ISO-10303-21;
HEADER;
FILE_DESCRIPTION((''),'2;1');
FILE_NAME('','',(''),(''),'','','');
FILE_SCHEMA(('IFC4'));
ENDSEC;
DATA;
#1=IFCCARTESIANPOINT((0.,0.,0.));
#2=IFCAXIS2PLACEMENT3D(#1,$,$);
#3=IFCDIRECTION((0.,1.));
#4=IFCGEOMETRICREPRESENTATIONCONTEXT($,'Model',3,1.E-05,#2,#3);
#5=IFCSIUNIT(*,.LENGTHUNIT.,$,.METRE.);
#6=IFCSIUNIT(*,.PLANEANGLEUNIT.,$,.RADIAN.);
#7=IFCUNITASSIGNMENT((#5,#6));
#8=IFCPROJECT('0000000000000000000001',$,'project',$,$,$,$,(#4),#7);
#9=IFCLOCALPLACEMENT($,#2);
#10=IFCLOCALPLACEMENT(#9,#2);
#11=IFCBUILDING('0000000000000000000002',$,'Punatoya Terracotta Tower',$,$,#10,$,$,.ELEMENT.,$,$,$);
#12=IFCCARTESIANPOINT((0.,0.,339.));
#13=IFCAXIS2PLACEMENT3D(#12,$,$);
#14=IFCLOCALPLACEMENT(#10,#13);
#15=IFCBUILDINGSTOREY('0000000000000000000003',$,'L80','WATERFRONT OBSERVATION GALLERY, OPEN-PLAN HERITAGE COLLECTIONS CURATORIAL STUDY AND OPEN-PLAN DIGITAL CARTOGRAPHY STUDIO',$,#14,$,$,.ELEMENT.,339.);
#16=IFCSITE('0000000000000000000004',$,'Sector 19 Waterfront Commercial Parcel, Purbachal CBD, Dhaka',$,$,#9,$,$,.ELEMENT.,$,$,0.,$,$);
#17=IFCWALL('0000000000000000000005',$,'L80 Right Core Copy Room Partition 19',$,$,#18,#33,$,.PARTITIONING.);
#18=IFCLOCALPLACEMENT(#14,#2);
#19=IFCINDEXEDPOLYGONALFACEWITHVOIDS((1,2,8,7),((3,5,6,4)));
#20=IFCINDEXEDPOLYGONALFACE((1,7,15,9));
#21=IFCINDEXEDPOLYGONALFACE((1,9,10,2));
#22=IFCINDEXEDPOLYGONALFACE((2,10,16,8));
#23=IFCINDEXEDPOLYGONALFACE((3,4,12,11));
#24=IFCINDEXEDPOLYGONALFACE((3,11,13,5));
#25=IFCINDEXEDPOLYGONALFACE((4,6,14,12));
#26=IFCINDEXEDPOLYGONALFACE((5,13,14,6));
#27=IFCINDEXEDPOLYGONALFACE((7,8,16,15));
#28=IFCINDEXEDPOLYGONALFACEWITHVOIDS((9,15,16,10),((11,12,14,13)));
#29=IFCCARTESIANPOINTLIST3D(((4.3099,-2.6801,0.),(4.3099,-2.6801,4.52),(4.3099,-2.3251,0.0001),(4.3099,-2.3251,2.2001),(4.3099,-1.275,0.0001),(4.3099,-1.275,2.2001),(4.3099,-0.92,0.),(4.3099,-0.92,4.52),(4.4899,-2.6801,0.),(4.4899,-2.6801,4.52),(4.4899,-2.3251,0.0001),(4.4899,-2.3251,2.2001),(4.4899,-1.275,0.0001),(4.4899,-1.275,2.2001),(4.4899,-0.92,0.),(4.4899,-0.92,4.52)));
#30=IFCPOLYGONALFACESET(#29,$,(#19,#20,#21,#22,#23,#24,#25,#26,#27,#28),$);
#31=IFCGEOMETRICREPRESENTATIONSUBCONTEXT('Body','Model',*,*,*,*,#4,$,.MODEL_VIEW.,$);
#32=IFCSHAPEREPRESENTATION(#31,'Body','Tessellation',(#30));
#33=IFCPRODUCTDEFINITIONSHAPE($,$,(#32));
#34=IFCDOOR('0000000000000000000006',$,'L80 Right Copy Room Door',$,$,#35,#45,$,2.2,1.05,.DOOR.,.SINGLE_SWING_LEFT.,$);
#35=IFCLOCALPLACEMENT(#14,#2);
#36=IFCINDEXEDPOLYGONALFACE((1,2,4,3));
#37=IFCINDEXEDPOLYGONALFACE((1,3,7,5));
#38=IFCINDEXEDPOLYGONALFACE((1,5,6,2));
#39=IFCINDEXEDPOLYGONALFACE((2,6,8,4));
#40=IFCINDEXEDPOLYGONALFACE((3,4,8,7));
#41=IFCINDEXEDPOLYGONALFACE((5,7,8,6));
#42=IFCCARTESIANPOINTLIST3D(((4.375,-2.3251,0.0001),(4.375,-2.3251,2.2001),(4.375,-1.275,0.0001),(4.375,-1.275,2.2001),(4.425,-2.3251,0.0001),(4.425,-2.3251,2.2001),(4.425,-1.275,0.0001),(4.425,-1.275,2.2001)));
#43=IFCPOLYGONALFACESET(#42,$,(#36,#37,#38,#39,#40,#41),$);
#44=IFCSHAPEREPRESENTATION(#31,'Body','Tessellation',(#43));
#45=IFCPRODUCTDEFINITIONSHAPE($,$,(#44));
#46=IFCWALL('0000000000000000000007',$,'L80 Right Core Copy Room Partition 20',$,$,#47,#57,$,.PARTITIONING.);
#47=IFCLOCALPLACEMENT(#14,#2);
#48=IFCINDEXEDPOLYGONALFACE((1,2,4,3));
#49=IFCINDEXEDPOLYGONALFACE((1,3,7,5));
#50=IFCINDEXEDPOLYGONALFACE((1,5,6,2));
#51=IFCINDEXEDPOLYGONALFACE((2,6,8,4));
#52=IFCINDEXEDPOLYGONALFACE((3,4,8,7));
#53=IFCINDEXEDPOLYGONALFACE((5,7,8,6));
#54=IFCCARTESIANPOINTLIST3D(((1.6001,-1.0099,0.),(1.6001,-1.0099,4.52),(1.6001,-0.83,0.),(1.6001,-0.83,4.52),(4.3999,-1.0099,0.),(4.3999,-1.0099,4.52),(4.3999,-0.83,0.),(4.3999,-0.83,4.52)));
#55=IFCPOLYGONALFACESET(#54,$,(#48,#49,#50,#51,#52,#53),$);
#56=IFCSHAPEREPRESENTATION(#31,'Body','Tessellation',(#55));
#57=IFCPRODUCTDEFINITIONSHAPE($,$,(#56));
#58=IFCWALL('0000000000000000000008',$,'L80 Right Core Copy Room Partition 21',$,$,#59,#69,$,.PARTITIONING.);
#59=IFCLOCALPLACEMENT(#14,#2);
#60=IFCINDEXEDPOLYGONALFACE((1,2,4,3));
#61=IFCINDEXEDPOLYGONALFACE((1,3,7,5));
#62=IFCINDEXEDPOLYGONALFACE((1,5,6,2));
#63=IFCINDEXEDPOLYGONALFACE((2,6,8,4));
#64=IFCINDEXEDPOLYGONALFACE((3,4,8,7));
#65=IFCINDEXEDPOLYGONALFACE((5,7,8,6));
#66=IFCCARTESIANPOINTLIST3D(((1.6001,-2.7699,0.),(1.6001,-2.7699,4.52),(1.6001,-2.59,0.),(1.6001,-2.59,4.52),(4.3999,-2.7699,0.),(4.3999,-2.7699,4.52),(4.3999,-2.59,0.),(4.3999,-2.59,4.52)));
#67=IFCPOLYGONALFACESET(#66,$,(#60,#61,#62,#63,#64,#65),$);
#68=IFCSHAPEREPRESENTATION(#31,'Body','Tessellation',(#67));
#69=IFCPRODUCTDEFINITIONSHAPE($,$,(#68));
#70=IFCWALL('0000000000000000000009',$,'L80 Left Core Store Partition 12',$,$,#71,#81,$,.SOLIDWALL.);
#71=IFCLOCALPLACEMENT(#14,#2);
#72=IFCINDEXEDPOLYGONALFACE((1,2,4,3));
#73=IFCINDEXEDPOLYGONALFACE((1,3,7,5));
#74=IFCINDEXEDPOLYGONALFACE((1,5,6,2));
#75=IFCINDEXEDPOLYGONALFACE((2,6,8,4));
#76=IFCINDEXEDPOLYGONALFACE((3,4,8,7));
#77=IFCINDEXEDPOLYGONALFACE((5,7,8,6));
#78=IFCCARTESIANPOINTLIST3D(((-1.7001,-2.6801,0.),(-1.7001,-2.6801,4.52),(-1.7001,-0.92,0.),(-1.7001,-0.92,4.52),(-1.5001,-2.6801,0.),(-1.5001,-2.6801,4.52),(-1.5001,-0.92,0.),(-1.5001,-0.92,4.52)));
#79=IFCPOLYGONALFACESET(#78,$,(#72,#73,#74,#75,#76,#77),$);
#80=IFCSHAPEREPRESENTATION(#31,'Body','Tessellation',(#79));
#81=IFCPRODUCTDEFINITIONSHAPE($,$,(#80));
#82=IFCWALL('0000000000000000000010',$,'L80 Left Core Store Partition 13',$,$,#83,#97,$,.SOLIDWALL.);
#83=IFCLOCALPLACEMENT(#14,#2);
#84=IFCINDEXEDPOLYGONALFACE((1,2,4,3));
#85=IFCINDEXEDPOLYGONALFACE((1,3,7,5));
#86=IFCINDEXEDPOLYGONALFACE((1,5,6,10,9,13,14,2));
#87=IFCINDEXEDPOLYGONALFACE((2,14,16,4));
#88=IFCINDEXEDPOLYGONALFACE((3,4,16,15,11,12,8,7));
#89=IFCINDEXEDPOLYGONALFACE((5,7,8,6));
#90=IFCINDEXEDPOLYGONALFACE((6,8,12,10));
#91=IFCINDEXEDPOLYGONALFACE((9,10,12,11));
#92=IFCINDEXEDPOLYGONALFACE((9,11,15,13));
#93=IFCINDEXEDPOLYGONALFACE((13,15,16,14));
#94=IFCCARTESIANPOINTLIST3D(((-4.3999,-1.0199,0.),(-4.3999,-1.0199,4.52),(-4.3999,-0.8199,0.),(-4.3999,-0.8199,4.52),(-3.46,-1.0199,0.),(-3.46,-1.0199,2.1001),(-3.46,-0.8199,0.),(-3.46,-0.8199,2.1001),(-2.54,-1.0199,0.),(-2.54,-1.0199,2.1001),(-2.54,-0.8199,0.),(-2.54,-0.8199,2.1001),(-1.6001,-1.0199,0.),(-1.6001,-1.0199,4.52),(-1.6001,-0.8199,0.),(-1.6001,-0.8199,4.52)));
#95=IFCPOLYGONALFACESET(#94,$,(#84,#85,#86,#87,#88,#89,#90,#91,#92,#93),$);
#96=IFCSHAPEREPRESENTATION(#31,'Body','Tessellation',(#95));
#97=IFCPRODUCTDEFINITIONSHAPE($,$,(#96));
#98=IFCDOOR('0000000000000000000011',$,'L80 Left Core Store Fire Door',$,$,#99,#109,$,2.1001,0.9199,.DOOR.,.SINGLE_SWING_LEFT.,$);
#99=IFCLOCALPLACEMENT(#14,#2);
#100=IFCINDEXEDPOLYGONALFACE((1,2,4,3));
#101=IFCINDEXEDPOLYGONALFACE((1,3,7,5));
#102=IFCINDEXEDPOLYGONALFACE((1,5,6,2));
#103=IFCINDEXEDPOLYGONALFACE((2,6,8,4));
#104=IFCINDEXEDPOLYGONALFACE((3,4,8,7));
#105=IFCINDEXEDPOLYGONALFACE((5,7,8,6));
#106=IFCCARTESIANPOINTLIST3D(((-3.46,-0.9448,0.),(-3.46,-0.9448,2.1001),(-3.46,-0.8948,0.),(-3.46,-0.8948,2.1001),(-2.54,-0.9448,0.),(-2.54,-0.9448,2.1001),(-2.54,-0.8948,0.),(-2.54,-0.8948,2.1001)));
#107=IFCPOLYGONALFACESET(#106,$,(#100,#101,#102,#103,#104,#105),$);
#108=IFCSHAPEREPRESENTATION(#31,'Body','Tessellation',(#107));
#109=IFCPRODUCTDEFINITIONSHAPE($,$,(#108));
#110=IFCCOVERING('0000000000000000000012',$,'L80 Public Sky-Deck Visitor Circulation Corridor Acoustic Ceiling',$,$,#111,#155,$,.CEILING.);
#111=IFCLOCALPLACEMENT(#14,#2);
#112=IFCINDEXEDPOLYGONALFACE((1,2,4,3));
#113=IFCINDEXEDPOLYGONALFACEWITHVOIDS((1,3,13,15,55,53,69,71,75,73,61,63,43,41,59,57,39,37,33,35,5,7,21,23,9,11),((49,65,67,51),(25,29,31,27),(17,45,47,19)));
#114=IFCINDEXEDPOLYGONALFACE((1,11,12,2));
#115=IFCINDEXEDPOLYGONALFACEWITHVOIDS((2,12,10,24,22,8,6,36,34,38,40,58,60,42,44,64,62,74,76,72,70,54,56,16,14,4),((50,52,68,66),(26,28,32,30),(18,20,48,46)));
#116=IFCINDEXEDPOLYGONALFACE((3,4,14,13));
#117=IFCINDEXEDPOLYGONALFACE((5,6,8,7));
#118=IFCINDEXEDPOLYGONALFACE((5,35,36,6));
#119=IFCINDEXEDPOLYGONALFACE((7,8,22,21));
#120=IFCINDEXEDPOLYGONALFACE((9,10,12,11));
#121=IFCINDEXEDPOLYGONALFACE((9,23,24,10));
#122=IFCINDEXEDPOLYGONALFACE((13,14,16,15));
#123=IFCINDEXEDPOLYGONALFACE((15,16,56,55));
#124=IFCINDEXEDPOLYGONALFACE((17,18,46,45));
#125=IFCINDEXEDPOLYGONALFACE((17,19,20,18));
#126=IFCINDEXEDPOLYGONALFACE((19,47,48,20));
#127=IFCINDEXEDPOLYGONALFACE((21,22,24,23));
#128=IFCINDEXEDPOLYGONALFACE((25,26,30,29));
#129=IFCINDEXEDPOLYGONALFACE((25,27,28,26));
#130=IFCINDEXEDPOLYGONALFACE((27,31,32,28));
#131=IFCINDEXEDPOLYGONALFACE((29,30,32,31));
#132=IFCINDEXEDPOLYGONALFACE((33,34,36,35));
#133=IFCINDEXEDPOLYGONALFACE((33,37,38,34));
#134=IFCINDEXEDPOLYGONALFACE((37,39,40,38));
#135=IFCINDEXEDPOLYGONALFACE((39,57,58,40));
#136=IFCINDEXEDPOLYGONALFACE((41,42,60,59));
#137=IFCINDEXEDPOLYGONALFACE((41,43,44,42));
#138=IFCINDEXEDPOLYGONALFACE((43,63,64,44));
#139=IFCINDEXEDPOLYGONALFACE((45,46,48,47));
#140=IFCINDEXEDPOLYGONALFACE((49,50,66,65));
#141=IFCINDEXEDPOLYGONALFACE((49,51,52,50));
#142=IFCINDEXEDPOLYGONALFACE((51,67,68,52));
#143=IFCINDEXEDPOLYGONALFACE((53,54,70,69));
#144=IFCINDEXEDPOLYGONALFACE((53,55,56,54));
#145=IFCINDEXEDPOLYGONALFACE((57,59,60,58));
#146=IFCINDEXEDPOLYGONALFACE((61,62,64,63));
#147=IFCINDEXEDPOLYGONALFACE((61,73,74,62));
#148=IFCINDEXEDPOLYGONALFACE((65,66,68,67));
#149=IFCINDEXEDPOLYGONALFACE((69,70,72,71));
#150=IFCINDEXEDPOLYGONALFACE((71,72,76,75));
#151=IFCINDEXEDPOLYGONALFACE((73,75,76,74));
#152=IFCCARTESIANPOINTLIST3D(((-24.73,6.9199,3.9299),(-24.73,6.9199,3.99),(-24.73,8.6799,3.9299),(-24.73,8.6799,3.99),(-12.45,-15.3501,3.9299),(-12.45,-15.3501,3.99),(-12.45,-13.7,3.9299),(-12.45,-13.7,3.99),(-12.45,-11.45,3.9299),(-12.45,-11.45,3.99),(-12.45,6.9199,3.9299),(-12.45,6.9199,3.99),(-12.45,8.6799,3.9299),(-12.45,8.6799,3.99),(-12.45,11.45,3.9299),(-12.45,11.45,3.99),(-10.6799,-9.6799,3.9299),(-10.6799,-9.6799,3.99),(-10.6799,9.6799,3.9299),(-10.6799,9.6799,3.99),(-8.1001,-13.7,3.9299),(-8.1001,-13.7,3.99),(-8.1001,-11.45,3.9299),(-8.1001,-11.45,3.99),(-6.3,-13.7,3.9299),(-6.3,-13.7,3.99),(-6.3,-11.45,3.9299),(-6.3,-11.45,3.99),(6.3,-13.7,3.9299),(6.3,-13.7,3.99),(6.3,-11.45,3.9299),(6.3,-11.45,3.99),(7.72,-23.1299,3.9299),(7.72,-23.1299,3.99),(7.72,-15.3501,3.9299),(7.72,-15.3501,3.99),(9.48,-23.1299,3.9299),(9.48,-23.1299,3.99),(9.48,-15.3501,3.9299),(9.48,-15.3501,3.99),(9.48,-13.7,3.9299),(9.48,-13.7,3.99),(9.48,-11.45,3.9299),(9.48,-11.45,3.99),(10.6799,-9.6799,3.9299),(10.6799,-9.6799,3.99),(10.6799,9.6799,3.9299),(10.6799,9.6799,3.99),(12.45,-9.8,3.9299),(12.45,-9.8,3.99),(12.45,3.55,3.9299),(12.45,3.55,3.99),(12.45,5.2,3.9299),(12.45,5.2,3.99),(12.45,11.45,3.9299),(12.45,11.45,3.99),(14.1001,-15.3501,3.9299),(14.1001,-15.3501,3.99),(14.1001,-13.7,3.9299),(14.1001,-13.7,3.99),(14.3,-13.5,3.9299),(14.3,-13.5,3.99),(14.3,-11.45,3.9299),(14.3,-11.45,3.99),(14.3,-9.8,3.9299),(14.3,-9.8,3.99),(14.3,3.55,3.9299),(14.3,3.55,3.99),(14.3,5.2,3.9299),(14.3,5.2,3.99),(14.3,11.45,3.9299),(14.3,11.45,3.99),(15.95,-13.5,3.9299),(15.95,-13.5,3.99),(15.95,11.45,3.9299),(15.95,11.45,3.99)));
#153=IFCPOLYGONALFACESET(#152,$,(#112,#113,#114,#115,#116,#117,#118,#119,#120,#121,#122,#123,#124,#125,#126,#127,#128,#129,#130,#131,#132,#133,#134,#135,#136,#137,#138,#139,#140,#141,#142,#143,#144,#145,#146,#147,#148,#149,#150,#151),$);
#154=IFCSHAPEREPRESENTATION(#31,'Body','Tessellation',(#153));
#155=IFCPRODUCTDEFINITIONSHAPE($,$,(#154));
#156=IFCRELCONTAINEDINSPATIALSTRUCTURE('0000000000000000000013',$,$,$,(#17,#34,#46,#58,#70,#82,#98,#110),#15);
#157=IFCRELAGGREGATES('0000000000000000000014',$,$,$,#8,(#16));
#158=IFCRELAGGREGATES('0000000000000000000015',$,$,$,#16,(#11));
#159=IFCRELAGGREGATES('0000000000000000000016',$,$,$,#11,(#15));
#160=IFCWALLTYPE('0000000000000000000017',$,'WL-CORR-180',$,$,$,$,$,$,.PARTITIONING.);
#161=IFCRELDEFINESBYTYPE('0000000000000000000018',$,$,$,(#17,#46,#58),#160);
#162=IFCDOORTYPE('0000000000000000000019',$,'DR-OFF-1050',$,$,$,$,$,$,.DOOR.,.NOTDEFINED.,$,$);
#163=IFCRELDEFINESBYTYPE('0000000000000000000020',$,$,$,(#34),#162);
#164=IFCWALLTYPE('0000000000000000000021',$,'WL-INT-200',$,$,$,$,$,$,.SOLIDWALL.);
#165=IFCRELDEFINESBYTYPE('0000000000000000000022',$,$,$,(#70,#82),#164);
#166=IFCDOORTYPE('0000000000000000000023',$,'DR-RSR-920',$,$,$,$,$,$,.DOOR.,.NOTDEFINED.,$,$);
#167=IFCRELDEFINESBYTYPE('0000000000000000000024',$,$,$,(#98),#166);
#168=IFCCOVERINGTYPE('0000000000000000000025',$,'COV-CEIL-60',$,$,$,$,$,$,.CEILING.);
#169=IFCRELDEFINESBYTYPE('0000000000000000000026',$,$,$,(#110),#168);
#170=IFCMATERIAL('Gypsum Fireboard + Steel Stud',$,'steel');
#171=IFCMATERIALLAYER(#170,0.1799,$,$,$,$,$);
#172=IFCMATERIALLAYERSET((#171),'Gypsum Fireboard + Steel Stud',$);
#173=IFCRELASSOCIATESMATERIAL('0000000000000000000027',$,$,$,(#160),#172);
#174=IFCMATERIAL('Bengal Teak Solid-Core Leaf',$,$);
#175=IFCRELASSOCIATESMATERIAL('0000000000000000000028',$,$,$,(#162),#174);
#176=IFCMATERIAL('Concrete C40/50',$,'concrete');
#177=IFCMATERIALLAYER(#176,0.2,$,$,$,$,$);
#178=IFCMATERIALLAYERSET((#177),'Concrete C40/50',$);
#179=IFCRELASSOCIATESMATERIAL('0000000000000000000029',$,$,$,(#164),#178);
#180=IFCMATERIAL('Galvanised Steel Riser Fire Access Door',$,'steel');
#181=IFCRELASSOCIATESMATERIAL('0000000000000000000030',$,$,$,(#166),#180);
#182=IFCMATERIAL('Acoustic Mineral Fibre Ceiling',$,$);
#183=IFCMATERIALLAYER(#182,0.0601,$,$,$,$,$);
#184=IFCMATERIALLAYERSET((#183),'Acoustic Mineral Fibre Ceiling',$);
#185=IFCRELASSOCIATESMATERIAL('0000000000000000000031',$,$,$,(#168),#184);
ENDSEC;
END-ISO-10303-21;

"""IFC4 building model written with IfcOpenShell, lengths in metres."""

from ifc_helpers import new_model, si_unit, direction, frame, frame_2d, origin, place, context, subcontext, project, spatial, polyline, rectangle, outline, extrude, material, layer, layer_set, type_object, element, fill, save


model = new_model("IFC4")

# Units and contexts
model_context = context("Model", 3, precision=1e-05, world=origin(), true_north=direction((0.0, 1.0)))
body_context = subcontext(model_context, "Body", "Model", "MODEL_VIEW")
ifc_project = project(units=[si_unit("LENGTHUNIT", "METRE"), si_unit("PLANEANGLEUNIT", "RADIAN")], contexts=[model_context])

# Site, building, storey
site_placement = place(None, origin())
site = spatial("IfcSite", under=ifc_project, at=site_placement, Name="Sector 19 Waterfront Commercial Parcel, Purbachal CBD, Dhaka", CompositionType="ELEMENT", RefElevation=0.0)
building_placement = place(site_placement, origin())
building = spatial("IfcBuilding", under=site, at=building_placement, Name="Punatoya Terracotta Tower", CompositionType="ELEMENT")
storey_placement = place(building_placement, frame((0.0, 0.0, 339.0)))
storey = spatial("IfcBuildingStorey", under=building, at=storey_placement, Name="L80", Description="WATERFRONT OBSERVATION GALLERY, OPEN-PLAN HERITAGE COLLECTIONS CURATORIAL STUDY AND OPEN-PLAN DIGITAL CARTOGRAPHY STUDIO", CompositionType="ELEMENT", Elevation=339.0)

# Shared definitions
ifc_material_1 = material(Name="Concrete C40/50", Category="concrete")

# Shared definitions
ifc_material_2 = material(Name="Gypsum Fireboard + Steel Stud", Category="steel")
ifc_layer_1 = layer(ifc_material_2, 0.1799)
ifc_layer_set_1 = layer_set([ifc_layer_1], Name="Gypsum Fireboard + Steel Stud")
wall_type_1 = type_object("IfcWallType", Name="WL-CORR-180", PredefinedType="PARTITIONING", material=ifc_layer_set_1)

# Wall, opening, door
wall_1_placement = place(storey_placement, frame((4.3999, -2.6799, 0.0), z_axis=(0.0, 0.0, 1.0), x_axis=(0.0, 1.0, 0.0)))
wall_1 = element("IfcWall", 1, at=wall_1_placement, inside=storey, type_object=wall_type_1, Name="L80 Right Core Copy Room Partition 19", PredefinedType="PARTITIONING", context=body_context, shape_type="SweptSolid", body=[
    extrude(rectangle(XDim=1.76, YDim=0.1799, at=frame_2d((0.8799, 0.0))), origin(), (0.0, 0.0, 1.0), 4.52),
])
opening_1_placement = place(wall_1_placement, frame((0.355, 0.0, 0.0)))
opening_1 = element("IfcOpeningElement", 2, at=opening_1_placement, cuts=wall_1, PredefinedType="OPENING", context=body_context, shape_type="SweptSolid", body=[
    extrude(rectangle(XDim=1.05, YDim=2.2, at=frame_2d((0.5249, 1.1001))), frame((0.0, 0.0999, 0.0), z_axis=(0.0, -1.0, 0.0), x_axis=(1.0, 0.0, 0.0)), (0.0, 0.0, 1.0), 0.2),
])
ifc_material_3 = material(Name="Bengal Teak Solid-Core Leaf")
door_type_1 = type_object("IfcDoorType", Name="DR-OFF-1050", OperationType="NOTDEFINED", PredefinedType="DOOR", material=ifc_material_3)
door_1_placement = place(opening_1_placement, origin())
door_1 = element("IfcDoor", 3, at=door_1_placement, inside=storey, type_object=door_type_1, Name="L80 Right Copy Room Door", OperationType="SINGLE_SWING_LEFT", OverallHeight=2.2, OverallWidth=1.05, PredefinedType="DOOR", context=body_context, shape_type="SweptSolid", body=[
    extrude(rectangle(XDim=1.05, YDim=2.2, at=frame_2d((0.5249, 1.1001))), frame((0.0, 0.0249, 0.0), z_axis=(0.0, -1.0, 0.0), x_axis=(1.0, 0.0, 0.0)), (0.0, 0.0, 1.0), 0.05),
])
fill(opening_1, door_1)

# Walls
for number, where, z_axis, x_axis, name in (
    (4, (4.3999, -0.9199, 0.0), (0.0, 0.0, 1.0), (-1.0, 0.0, 0.0), "L80 Right Core Copy Room Partition 20"),
    (5, (1.6001, -2.6799, 0.0), (0.0, 0.0, 1.0), (1.0, 0.0, 0.0), "L80 Right Core Copy Room Partition 21"),
):
    element("IfcWall", number, at=place(storey_placement, frame(where, z_axis=z_axis, x_axis=x_axis)), inside=storey, type_object=wall_type_1, Name=name, PredefinedType="PARTITIONING", context=body_context, shape_type="SweptSolid", body=[
        extrude(rectangle(XDim=2.7998, YDim=0.1799, at=frame_2d((1.3999, 0.0))), origin(), (0.0, 0.0, 1.0), 4.52),
    ])
ifc_layer_2 = layer(ifc_material_1, 0.2)
ifc_layer_set_2 = layer_set([ifc_layer_2], Name="Concrete C40/50")
wall_type_2 = type_object("IfcWallType", Name="WL-INT-200", PredefinedType="SOLIDWALL", material=ifc_layer_set_2)
wall_2_placement = place(storey_placement, frame((-1.6001, -2.6799, 0.0), z_axis=(0.0, 0.0, 1.0), x_axis=(0.0, 1.0, 0.0)))
element("IfcWall", 6, at=wall_2_placement, inside=storey, type_object=wall_type_2, Name="L80 Left Core Store Partition 12", PredefinedType="SOLIDWALL", context=body_context, shape_type="SweptSolid", body=[
    extrude(rectangle(XDim=1.76, YDim=0.2, at=frame_2d((0.8799, 0.0))), origin(), (0.0, 0.0, 1.0), 4.52),
])

# Wall, opening, door
wall_3_placement = place(storey_placement, frame((-1.6001, -0.9199, 0.0), z_axis=(0.0, 0.0, 1.0), x_axis=(-1.0, 0.0, 0.0)))
wall_3 = element("IfcWall", 7, at=wall_3_placement, inside=storey, type_object=wall_type_2, Name="L80 Left Core Store Partition 13", PredefinedType="SOLIDWALL", context=body_context, shape_type="SweptSolid", body=[
    extrude(rectangle(XDim=2.7998, YDim=0.2, at=frame_2d((1.3999, 0.0))), origin(), (0.0, 0.0, 1.0), 4.52),
])
opening_2_placement = place(wall_3_placement, frame((0.9399, 0.0, 0.0)))
opening_2 = element("IfcOpeningElement", 8, at=opening_2_placement, cuts=wall_3, PredefinedType="OPENING", context=body_context, shape_type="SweptSolid", body=[
    extrude(rectangle(XDim=0.9199, YDim=2.1001, at=frame_2d((0.46, 1.05))), frame((0.0, 0.1099, 0.0), z_axis=(0.0, -1.0, 0.0), x_axis=(1.0, 0.0, 0.0)), (0.0, 0.0, 1.0), 0.22),
])
ifc_material_4 = material(Name="Galvanised Steel Riser Fire Access Door", Category="steel")
door_type_2 = type_object("IfcDoorType", Name="DR-RSR-920", OperationType="NOTDEFINED", PredefinedType="DOOR", material=ifc_material_4)
door_2_placement = place(opening_2_placement, origin())
door_2 = element("IfcDoor", 9, at=door_2_placement, inside=storey, type_object=door_type_2, Name="L80 Left Core Store Fire Door", OperationType="SINGLE_SWING_LEFT", OverallHeight=2.1001, OverallWidth=0.9199, PredefinedType="DOOR", context=body_context, shape_type="SweptSolid", body=[
    extrude(rectangle(XDim=0.9199, YDim=2.1001, at=frame_2d((0.46, 1.05))), frame((0.0, 0.0249, 0.0), z_axis=(0.0, -1.0, 0.0), x_axis=(1.0, 0.0, 0.0)), (0.0, 0.0, 1.0), 0.05),
])
fill(opening_2, door_2)

# Covering
ifc_material_5 = material(Name="Acoustic Mineral Fibre Ceiling")
ifc_layer_3 = layer(ifc_material_5, 0.0601)
ifc_layer_set_3 = layer_set([ifc_layer_3], Name="Acoustic Mineral Fibre Ceiling")
covering_type = type_object("IfcCoveringType", Name="COV-CEIL-60", PredefinedType="CEILING", material=ifc_layer_set_3)
covering_placement = place(storey_placement, frame((0.0, 0.0, 3.9299)))
element("IfcCovering", 10, at=covering_placement, inside=storey, type_object=covering_type, Name="L80 Public Sky-Deck Visitor Circulation Corridor Acoustic Ceiling", PredefinedType="CEILING", context=body_context, shape_type="SweptSolid", body=[
    extrude(outline(polyline([(14.1001, -13.7), (9.48, -13.7), (9.48, -11.45), (14.3, -11.45), (14.3, -13.5), (15.95, -13.5), (15.95, 11.45), (14.3, 11.45), (14.3, 5.2), (12.45, 5.2), (12.45, 11.45), (-12.45, 11.45), (-12.45, 8.6799), (-24.73, 8.6799), (-24.73, 6.9199), (-12.45, 6.9199), (-12.45, -11.45), (-8.1001, -11.45), (-8.1001, -13.7), (-12.45, -13.7), (-12.45, -15.3501), (7.72, -15.3501), (7.72, -23.1299), (9.48, -23.1299), (9.48, -15.3501), (14.1001, -15.3501), (14.1001, -13.7)]), holes=[polyline([(12.45, 3.55), (14.3, 3.55), (14.3, -9.8), (12.45, -9.8), (12.45, 3.55)]), polyline([(10.6799, 9.6799), (10.6799, -9.6799), (-10.6799, -9.6799), (-10.6799, 9.6799), (10.6799, 9.6799)]), polyline([(6.3, -13.7), (-6.3, -13.7), (-6.3, -11.45), (6.3, -11.45), (6.3, -13.7)])]), origin(), (0.0, 0.0, 1.0), 0.0601),
])

save(model, "model.ifc")
